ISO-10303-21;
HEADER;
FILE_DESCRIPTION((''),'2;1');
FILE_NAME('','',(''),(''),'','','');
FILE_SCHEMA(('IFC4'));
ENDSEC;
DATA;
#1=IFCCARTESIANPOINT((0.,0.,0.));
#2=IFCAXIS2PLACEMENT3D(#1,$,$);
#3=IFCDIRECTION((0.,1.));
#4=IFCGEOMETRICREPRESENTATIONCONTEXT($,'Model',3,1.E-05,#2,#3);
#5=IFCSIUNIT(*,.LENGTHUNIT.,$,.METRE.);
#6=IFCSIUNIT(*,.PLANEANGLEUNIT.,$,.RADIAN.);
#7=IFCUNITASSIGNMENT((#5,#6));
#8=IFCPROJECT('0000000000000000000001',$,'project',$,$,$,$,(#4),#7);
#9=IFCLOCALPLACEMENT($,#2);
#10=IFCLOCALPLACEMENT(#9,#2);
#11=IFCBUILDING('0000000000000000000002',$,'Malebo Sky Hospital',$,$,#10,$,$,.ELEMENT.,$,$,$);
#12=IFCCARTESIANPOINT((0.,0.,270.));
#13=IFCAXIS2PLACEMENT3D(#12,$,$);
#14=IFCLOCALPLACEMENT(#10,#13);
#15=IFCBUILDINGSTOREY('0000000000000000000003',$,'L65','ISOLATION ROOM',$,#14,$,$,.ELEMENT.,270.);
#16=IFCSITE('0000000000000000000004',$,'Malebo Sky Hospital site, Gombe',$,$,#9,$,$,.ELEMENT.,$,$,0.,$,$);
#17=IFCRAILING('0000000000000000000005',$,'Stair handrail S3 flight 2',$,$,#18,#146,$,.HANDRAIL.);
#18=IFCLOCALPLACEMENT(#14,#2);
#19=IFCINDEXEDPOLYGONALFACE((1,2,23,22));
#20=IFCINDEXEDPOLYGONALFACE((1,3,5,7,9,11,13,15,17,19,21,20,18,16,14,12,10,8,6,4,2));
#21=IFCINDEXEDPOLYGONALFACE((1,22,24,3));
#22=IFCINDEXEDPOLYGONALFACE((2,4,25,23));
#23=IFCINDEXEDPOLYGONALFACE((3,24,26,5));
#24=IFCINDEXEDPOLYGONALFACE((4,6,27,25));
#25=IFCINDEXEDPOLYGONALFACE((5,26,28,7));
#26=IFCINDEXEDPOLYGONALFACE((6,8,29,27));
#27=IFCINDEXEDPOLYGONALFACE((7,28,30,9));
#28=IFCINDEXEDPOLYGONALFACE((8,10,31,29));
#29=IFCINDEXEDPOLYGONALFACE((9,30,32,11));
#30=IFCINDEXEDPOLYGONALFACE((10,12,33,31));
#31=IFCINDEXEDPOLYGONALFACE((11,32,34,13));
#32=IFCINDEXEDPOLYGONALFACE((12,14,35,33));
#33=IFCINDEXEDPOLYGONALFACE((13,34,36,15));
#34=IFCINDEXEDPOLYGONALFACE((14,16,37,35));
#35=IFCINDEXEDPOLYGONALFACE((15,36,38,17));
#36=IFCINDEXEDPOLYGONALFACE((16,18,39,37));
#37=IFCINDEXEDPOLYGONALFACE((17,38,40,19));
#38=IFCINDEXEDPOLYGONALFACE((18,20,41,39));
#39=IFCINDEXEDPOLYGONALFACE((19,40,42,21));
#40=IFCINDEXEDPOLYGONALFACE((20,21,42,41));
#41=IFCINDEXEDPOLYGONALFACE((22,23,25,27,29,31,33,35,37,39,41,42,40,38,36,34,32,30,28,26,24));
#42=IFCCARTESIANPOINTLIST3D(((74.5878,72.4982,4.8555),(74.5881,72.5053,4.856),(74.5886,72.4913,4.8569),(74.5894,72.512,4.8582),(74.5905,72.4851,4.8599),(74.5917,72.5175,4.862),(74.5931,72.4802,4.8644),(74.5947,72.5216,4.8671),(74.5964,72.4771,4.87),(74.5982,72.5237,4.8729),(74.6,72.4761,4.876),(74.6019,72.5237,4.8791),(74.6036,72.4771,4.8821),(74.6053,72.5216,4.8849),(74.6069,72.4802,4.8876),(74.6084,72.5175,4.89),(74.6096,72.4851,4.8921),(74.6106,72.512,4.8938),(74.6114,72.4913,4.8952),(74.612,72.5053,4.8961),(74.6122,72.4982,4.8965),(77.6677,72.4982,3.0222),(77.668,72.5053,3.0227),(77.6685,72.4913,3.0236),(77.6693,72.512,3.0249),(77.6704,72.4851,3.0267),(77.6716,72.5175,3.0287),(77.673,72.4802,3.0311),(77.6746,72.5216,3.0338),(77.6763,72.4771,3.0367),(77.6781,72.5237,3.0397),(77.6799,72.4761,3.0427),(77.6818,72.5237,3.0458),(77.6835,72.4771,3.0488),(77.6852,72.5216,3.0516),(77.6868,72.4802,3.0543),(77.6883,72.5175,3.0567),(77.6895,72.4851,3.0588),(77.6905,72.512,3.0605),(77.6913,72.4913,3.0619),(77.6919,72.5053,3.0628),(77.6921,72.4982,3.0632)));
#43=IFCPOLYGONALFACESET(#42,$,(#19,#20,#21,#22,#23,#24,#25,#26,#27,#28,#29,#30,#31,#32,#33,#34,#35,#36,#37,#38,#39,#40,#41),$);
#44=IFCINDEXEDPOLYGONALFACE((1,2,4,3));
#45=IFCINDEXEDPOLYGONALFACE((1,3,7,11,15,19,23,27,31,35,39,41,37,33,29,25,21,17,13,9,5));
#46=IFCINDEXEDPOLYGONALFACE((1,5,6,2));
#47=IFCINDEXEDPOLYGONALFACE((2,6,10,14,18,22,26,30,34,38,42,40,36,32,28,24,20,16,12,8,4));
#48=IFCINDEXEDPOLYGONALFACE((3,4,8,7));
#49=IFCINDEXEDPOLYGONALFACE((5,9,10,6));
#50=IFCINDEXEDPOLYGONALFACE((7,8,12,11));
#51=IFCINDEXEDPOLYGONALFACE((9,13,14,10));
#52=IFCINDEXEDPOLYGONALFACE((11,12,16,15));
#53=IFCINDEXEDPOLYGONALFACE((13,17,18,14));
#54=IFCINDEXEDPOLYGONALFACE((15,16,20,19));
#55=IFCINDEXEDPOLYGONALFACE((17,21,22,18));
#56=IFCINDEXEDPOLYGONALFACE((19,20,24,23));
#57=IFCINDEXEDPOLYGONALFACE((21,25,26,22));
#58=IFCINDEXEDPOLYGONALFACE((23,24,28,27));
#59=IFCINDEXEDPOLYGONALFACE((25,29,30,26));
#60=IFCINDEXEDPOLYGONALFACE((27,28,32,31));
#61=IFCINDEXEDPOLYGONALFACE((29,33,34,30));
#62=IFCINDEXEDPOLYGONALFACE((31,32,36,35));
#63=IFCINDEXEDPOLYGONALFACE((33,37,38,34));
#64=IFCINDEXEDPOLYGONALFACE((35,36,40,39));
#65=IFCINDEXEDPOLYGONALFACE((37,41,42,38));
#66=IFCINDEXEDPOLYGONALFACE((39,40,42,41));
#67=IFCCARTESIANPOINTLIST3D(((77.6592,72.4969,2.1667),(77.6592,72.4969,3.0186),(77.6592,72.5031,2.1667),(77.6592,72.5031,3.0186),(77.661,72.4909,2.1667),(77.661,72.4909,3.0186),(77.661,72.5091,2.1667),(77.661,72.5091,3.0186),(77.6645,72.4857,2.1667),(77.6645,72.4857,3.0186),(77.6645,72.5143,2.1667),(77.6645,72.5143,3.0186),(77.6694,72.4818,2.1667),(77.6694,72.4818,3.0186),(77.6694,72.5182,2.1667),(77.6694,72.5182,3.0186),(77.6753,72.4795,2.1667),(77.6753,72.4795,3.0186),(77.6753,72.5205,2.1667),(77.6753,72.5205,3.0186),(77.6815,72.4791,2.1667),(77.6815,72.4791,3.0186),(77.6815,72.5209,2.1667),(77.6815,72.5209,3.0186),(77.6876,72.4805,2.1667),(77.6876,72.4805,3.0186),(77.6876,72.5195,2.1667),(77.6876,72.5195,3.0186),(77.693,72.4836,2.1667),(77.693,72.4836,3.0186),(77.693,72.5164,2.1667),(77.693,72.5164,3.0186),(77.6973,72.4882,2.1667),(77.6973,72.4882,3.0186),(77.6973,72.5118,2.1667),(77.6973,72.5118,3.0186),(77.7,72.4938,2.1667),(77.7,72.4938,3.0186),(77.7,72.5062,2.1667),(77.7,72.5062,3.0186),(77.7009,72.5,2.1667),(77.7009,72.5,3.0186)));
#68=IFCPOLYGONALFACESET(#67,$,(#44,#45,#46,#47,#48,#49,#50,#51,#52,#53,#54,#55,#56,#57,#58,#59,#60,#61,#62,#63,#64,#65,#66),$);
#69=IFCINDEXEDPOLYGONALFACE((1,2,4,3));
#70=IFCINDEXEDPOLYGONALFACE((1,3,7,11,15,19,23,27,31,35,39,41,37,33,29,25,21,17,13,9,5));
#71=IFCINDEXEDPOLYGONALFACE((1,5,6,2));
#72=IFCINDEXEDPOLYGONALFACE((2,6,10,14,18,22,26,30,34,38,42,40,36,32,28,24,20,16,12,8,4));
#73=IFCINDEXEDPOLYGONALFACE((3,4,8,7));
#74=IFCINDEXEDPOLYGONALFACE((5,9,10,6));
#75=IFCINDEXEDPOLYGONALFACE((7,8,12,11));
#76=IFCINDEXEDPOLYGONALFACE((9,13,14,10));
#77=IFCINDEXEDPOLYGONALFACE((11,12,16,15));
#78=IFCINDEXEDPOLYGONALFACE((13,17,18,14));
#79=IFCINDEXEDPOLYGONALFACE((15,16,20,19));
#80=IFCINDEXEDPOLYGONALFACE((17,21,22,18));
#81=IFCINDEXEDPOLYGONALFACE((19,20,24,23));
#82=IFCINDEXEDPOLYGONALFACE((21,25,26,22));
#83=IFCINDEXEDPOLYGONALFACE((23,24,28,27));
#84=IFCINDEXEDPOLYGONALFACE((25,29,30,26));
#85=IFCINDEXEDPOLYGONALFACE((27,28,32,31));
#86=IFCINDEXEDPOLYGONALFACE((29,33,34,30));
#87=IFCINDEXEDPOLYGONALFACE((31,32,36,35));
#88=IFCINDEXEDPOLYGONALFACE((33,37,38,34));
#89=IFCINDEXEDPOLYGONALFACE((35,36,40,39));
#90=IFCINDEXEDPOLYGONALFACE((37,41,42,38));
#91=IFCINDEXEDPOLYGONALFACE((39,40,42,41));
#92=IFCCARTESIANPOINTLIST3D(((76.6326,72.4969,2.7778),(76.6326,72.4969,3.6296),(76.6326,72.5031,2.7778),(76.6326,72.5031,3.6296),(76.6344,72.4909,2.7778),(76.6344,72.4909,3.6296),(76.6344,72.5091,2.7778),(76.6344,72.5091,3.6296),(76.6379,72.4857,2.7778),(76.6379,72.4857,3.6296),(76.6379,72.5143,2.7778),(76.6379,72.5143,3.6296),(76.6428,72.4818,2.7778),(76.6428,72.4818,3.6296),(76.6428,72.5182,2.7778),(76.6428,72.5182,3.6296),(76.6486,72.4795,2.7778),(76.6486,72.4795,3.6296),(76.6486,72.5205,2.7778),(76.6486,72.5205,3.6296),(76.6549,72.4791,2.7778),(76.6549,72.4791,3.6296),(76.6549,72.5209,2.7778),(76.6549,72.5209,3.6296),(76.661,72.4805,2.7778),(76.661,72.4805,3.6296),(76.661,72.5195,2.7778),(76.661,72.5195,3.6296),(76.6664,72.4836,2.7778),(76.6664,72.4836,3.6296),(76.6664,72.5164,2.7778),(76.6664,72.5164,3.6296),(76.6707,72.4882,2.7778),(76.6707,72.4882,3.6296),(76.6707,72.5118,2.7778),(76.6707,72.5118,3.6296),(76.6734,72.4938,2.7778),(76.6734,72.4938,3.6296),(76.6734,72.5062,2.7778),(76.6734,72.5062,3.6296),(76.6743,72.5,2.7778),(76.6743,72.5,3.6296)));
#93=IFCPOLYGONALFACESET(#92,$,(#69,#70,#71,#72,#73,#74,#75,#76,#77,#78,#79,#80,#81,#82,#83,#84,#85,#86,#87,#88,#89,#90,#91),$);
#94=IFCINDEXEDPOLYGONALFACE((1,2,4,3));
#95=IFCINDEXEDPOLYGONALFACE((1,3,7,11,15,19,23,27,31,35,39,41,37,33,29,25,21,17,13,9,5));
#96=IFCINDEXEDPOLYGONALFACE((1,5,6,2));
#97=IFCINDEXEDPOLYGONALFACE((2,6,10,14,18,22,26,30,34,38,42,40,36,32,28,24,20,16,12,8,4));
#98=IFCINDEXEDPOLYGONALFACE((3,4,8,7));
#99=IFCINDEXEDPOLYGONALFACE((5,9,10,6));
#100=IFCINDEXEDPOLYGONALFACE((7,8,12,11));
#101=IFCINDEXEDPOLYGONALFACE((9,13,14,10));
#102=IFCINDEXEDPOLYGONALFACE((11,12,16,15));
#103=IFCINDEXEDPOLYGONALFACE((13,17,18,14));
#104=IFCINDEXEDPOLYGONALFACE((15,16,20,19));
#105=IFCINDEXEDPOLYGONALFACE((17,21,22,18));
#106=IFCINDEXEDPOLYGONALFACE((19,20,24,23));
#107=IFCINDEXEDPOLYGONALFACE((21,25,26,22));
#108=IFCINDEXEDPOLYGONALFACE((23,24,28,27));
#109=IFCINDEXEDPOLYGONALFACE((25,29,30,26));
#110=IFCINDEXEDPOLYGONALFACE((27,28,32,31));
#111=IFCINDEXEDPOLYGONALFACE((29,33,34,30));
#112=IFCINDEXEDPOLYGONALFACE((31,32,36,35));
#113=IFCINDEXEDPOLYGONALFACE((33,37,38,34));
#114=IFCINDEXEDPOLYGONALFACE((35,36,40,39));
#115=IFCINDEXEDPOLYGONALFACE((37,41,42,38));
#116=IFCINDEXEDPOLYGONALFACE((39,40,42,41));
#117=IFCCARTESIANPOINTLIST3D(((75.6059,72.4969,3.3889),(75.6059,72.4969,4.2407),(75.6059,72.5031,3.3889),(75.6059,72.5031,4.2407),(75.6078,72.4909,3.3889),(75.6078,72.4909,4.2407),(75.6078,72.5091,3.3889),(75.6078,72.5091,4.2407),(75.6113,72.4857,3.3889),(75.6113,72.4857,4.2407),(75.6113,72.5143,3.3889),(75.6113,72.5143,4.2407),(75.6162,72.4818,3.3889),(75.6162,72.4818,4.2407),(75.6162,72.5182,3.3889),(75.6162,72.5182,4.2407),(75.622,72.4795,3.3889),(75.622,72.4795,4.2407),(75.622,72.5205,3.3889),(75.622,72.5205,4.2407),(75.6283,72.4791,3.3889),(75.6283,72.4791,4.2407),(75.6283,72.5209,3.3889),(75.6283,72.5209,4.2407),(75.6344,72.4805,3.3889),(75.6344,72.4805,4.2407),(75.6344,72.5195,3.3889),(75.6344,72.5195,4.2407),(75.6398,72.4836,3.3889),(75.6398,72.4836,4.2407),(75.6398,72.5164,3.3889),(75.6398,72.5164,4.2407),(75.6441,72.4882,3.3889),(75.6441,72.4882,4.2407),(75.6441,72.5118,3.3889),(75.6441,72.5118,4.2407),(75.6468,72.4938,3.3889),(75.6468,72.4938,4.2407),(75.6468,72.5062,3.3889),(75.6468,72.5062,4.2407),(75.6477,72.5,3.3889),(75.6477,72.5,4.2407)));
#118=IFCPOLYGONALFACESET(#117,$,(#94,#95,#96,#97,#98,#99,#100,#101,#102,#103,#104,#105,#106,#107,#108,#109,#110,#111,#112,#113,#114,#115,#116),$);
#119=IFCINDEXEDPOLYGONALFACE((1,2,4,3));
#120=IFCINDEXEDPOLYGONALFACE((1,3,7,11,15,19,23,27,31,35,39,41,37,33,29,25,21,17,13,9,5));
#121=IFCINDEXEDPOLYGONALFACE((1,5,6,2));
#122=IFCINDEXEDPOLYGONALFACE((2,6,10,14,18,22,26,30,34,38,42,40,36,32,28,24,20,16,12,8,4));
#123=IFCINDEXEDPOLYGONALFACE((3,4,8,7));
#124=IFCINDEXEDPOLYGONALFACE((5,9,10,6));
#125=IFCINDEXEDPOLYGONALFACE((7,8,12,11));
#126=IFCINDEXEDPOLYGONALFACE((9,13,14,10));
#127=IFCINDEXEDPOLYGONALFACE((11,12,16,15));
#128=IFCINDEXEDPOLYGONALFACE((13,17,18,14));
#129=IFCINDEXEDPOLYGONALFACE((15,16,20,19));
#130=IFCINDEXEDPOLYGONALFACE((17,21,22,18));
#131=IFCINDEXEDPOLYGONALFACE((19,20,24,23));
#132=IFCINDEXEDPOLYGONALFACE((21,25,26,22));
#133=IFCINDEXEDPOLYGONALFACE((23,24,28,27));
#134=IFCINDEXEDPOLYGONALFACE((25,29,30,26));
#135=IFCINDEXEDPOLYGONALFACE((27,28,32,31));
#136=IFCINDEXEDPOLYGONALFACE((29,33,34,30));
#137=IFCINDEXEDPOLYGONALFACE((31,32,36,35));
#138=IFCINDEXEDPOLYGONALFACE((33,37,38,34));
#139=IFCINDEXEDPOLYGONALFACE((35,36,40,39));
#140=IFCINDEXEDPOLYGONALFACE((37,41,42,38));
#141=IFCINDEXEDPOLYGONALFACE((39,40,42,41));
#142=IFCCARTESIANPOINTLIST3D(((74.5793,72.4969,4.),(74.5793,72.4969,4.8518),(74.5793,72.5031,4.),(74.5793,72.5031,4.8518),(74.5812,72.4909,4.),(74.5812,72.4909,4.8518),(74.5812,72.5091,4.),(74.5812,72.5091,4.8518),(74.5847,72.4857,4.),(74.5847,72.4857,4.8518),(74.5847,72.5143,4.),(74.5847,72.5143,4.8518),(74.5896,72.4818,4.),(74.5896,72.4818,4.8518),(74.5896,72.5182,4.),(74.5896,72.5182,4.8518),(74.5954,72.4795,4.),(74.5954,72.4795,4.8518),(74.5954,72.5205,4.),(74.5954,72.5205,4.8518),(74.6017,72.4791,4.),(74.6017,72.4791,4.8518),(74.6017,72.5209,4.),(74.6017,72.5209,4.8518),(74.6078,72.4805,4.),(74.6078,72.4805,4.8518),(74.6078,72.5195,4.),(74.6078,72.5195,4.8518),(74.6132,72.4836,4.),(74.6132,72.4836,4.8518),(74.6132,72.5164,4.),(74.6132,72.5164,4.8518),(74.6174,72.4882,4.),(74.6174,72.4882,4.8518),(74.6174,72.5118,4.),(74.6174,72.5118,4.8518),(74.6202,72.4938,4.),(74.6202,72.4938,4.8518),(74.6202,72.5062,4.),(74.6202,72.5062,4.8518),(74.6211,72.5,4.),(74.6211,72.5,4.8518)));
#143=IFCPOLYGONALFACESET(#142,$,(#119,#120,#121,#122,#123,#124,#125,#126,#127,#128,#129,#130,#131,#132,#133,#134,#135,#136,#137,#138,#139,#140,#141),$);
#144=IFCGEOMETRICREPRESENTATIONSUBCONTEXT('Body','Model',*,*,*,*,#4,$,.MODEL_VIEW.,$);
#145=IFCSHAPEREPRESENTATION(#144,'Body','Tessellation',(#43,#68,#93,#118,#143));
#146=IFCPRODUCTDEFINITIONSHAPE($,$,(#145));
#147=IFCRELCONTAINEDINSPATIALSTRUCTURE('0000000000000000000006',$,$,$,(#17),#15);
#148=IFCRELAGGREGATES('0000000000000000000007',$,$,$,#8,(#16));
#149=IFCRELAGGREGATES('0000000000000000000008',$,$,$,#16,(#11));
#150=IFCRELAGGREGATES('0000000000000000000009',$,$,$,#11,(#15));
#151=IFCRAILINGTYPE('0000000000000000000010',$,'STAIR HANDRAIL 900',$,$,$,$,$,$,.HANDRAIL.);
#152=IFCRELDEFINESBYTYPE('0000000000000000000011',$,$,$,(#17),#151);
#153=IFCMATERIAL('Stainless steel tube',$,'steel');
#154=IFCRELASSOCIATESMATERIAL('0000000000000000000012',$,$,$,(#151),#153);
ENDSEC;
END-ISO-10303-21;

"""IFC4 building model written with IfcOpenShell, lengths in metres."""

from ifc_helpers import new_model, si_unit, direction, frame, origin, origin_2d, place, context, subcontext, project, spatial, circle, extrude, material, type_object, element, save


model = new_model("IFC4")

# Units and contexts
model_context = context("Model", 3, precision=1e-05, world=origin(), true_north=direction((0.0, 1.0)))
body_context = subcontext(model_context, "Body", "Model", "MODEL_VIEW")
ifc_project = project(units=[si_unit("LENGTHUNIT", "METRE"), si_unit("PLANEANGLEUNIT", "RADIAN")], contexts=[model_context])

# Site, building, storey
site_placement = place(None, origin())
site = spatial("IfcSite", under=ifc_project, at=site_placement, Name="Malebo Sky Hospital site, Gombe", CompositionType="ELEMENT", RefElevation=0.0)
building_placement = place(site_placement, origin())
building = spatial("IfcBuilding", under=site, at=building_placement, Name="Malebo Sky Hospital", CompositionType="ELEMENT")
storey_placement = place(building_placement, frame((0.0, 0.0, 270.0)))
storey = spatial("IfcBuildingStorey", under=building, at=storey_placement, Name="L65", Description="ISOLATION ROOM", CompositionType="ELEMENT", Elevation=270.0)

# Railing
ifc_material_1 = material(Name="Stainless steel tube", Category="steel")
railing_type_1 = type_object("IfcRailingType", Name="STAIR HANDRAIL 900", PredefinedType="HANDRAIL", material=ifc_material_1)
railing_1_placement = place(storey_placement, frame((77.6799, 72.5, 2.1667)))
element("IfcRailing", 1, at=railing_1_placement, inside=storey, type_object=railing_type_1, Name="Stair handrail S3 flight 2", PredefinedType="HANDRAIL", context=body_context, shape_type="SweptSolid", body=[
    extrude(circle(Radius=0.0239, at=origin_2d()), frame((0.0, 0.0, 0.876), z_axis=(-0.859291, 0.0, 0.511487), x_axis=(0.0, -1.0, 0.0)), (0.0, 0.0, 1.0), 3.5842),
    extrude(circle(Radius=0.021, at=origin_2d()), origin(), (0.0, 0.0, 1.0), 0.8518),
    extrude(circle(Radius=0.021, at=origin_2d()), frame((-1.0266, 0.0, 0.6111)), (0.0, 0.0, 1.0), 0.8518),
    extrude(circle(Radius=0.021, at=origin_2d()), frame((-2.0532, 0.0, 1.2222)), (0.0, 0.0, 1.0), 0.8518),
    extrude(circle(Radius=0.021, at=origin_2d()), frame((-3.0798, 0.0, 1.8333)), (0.0, 0.0, 1.0), 0.8518),
])

save(model, "model.ifc")
